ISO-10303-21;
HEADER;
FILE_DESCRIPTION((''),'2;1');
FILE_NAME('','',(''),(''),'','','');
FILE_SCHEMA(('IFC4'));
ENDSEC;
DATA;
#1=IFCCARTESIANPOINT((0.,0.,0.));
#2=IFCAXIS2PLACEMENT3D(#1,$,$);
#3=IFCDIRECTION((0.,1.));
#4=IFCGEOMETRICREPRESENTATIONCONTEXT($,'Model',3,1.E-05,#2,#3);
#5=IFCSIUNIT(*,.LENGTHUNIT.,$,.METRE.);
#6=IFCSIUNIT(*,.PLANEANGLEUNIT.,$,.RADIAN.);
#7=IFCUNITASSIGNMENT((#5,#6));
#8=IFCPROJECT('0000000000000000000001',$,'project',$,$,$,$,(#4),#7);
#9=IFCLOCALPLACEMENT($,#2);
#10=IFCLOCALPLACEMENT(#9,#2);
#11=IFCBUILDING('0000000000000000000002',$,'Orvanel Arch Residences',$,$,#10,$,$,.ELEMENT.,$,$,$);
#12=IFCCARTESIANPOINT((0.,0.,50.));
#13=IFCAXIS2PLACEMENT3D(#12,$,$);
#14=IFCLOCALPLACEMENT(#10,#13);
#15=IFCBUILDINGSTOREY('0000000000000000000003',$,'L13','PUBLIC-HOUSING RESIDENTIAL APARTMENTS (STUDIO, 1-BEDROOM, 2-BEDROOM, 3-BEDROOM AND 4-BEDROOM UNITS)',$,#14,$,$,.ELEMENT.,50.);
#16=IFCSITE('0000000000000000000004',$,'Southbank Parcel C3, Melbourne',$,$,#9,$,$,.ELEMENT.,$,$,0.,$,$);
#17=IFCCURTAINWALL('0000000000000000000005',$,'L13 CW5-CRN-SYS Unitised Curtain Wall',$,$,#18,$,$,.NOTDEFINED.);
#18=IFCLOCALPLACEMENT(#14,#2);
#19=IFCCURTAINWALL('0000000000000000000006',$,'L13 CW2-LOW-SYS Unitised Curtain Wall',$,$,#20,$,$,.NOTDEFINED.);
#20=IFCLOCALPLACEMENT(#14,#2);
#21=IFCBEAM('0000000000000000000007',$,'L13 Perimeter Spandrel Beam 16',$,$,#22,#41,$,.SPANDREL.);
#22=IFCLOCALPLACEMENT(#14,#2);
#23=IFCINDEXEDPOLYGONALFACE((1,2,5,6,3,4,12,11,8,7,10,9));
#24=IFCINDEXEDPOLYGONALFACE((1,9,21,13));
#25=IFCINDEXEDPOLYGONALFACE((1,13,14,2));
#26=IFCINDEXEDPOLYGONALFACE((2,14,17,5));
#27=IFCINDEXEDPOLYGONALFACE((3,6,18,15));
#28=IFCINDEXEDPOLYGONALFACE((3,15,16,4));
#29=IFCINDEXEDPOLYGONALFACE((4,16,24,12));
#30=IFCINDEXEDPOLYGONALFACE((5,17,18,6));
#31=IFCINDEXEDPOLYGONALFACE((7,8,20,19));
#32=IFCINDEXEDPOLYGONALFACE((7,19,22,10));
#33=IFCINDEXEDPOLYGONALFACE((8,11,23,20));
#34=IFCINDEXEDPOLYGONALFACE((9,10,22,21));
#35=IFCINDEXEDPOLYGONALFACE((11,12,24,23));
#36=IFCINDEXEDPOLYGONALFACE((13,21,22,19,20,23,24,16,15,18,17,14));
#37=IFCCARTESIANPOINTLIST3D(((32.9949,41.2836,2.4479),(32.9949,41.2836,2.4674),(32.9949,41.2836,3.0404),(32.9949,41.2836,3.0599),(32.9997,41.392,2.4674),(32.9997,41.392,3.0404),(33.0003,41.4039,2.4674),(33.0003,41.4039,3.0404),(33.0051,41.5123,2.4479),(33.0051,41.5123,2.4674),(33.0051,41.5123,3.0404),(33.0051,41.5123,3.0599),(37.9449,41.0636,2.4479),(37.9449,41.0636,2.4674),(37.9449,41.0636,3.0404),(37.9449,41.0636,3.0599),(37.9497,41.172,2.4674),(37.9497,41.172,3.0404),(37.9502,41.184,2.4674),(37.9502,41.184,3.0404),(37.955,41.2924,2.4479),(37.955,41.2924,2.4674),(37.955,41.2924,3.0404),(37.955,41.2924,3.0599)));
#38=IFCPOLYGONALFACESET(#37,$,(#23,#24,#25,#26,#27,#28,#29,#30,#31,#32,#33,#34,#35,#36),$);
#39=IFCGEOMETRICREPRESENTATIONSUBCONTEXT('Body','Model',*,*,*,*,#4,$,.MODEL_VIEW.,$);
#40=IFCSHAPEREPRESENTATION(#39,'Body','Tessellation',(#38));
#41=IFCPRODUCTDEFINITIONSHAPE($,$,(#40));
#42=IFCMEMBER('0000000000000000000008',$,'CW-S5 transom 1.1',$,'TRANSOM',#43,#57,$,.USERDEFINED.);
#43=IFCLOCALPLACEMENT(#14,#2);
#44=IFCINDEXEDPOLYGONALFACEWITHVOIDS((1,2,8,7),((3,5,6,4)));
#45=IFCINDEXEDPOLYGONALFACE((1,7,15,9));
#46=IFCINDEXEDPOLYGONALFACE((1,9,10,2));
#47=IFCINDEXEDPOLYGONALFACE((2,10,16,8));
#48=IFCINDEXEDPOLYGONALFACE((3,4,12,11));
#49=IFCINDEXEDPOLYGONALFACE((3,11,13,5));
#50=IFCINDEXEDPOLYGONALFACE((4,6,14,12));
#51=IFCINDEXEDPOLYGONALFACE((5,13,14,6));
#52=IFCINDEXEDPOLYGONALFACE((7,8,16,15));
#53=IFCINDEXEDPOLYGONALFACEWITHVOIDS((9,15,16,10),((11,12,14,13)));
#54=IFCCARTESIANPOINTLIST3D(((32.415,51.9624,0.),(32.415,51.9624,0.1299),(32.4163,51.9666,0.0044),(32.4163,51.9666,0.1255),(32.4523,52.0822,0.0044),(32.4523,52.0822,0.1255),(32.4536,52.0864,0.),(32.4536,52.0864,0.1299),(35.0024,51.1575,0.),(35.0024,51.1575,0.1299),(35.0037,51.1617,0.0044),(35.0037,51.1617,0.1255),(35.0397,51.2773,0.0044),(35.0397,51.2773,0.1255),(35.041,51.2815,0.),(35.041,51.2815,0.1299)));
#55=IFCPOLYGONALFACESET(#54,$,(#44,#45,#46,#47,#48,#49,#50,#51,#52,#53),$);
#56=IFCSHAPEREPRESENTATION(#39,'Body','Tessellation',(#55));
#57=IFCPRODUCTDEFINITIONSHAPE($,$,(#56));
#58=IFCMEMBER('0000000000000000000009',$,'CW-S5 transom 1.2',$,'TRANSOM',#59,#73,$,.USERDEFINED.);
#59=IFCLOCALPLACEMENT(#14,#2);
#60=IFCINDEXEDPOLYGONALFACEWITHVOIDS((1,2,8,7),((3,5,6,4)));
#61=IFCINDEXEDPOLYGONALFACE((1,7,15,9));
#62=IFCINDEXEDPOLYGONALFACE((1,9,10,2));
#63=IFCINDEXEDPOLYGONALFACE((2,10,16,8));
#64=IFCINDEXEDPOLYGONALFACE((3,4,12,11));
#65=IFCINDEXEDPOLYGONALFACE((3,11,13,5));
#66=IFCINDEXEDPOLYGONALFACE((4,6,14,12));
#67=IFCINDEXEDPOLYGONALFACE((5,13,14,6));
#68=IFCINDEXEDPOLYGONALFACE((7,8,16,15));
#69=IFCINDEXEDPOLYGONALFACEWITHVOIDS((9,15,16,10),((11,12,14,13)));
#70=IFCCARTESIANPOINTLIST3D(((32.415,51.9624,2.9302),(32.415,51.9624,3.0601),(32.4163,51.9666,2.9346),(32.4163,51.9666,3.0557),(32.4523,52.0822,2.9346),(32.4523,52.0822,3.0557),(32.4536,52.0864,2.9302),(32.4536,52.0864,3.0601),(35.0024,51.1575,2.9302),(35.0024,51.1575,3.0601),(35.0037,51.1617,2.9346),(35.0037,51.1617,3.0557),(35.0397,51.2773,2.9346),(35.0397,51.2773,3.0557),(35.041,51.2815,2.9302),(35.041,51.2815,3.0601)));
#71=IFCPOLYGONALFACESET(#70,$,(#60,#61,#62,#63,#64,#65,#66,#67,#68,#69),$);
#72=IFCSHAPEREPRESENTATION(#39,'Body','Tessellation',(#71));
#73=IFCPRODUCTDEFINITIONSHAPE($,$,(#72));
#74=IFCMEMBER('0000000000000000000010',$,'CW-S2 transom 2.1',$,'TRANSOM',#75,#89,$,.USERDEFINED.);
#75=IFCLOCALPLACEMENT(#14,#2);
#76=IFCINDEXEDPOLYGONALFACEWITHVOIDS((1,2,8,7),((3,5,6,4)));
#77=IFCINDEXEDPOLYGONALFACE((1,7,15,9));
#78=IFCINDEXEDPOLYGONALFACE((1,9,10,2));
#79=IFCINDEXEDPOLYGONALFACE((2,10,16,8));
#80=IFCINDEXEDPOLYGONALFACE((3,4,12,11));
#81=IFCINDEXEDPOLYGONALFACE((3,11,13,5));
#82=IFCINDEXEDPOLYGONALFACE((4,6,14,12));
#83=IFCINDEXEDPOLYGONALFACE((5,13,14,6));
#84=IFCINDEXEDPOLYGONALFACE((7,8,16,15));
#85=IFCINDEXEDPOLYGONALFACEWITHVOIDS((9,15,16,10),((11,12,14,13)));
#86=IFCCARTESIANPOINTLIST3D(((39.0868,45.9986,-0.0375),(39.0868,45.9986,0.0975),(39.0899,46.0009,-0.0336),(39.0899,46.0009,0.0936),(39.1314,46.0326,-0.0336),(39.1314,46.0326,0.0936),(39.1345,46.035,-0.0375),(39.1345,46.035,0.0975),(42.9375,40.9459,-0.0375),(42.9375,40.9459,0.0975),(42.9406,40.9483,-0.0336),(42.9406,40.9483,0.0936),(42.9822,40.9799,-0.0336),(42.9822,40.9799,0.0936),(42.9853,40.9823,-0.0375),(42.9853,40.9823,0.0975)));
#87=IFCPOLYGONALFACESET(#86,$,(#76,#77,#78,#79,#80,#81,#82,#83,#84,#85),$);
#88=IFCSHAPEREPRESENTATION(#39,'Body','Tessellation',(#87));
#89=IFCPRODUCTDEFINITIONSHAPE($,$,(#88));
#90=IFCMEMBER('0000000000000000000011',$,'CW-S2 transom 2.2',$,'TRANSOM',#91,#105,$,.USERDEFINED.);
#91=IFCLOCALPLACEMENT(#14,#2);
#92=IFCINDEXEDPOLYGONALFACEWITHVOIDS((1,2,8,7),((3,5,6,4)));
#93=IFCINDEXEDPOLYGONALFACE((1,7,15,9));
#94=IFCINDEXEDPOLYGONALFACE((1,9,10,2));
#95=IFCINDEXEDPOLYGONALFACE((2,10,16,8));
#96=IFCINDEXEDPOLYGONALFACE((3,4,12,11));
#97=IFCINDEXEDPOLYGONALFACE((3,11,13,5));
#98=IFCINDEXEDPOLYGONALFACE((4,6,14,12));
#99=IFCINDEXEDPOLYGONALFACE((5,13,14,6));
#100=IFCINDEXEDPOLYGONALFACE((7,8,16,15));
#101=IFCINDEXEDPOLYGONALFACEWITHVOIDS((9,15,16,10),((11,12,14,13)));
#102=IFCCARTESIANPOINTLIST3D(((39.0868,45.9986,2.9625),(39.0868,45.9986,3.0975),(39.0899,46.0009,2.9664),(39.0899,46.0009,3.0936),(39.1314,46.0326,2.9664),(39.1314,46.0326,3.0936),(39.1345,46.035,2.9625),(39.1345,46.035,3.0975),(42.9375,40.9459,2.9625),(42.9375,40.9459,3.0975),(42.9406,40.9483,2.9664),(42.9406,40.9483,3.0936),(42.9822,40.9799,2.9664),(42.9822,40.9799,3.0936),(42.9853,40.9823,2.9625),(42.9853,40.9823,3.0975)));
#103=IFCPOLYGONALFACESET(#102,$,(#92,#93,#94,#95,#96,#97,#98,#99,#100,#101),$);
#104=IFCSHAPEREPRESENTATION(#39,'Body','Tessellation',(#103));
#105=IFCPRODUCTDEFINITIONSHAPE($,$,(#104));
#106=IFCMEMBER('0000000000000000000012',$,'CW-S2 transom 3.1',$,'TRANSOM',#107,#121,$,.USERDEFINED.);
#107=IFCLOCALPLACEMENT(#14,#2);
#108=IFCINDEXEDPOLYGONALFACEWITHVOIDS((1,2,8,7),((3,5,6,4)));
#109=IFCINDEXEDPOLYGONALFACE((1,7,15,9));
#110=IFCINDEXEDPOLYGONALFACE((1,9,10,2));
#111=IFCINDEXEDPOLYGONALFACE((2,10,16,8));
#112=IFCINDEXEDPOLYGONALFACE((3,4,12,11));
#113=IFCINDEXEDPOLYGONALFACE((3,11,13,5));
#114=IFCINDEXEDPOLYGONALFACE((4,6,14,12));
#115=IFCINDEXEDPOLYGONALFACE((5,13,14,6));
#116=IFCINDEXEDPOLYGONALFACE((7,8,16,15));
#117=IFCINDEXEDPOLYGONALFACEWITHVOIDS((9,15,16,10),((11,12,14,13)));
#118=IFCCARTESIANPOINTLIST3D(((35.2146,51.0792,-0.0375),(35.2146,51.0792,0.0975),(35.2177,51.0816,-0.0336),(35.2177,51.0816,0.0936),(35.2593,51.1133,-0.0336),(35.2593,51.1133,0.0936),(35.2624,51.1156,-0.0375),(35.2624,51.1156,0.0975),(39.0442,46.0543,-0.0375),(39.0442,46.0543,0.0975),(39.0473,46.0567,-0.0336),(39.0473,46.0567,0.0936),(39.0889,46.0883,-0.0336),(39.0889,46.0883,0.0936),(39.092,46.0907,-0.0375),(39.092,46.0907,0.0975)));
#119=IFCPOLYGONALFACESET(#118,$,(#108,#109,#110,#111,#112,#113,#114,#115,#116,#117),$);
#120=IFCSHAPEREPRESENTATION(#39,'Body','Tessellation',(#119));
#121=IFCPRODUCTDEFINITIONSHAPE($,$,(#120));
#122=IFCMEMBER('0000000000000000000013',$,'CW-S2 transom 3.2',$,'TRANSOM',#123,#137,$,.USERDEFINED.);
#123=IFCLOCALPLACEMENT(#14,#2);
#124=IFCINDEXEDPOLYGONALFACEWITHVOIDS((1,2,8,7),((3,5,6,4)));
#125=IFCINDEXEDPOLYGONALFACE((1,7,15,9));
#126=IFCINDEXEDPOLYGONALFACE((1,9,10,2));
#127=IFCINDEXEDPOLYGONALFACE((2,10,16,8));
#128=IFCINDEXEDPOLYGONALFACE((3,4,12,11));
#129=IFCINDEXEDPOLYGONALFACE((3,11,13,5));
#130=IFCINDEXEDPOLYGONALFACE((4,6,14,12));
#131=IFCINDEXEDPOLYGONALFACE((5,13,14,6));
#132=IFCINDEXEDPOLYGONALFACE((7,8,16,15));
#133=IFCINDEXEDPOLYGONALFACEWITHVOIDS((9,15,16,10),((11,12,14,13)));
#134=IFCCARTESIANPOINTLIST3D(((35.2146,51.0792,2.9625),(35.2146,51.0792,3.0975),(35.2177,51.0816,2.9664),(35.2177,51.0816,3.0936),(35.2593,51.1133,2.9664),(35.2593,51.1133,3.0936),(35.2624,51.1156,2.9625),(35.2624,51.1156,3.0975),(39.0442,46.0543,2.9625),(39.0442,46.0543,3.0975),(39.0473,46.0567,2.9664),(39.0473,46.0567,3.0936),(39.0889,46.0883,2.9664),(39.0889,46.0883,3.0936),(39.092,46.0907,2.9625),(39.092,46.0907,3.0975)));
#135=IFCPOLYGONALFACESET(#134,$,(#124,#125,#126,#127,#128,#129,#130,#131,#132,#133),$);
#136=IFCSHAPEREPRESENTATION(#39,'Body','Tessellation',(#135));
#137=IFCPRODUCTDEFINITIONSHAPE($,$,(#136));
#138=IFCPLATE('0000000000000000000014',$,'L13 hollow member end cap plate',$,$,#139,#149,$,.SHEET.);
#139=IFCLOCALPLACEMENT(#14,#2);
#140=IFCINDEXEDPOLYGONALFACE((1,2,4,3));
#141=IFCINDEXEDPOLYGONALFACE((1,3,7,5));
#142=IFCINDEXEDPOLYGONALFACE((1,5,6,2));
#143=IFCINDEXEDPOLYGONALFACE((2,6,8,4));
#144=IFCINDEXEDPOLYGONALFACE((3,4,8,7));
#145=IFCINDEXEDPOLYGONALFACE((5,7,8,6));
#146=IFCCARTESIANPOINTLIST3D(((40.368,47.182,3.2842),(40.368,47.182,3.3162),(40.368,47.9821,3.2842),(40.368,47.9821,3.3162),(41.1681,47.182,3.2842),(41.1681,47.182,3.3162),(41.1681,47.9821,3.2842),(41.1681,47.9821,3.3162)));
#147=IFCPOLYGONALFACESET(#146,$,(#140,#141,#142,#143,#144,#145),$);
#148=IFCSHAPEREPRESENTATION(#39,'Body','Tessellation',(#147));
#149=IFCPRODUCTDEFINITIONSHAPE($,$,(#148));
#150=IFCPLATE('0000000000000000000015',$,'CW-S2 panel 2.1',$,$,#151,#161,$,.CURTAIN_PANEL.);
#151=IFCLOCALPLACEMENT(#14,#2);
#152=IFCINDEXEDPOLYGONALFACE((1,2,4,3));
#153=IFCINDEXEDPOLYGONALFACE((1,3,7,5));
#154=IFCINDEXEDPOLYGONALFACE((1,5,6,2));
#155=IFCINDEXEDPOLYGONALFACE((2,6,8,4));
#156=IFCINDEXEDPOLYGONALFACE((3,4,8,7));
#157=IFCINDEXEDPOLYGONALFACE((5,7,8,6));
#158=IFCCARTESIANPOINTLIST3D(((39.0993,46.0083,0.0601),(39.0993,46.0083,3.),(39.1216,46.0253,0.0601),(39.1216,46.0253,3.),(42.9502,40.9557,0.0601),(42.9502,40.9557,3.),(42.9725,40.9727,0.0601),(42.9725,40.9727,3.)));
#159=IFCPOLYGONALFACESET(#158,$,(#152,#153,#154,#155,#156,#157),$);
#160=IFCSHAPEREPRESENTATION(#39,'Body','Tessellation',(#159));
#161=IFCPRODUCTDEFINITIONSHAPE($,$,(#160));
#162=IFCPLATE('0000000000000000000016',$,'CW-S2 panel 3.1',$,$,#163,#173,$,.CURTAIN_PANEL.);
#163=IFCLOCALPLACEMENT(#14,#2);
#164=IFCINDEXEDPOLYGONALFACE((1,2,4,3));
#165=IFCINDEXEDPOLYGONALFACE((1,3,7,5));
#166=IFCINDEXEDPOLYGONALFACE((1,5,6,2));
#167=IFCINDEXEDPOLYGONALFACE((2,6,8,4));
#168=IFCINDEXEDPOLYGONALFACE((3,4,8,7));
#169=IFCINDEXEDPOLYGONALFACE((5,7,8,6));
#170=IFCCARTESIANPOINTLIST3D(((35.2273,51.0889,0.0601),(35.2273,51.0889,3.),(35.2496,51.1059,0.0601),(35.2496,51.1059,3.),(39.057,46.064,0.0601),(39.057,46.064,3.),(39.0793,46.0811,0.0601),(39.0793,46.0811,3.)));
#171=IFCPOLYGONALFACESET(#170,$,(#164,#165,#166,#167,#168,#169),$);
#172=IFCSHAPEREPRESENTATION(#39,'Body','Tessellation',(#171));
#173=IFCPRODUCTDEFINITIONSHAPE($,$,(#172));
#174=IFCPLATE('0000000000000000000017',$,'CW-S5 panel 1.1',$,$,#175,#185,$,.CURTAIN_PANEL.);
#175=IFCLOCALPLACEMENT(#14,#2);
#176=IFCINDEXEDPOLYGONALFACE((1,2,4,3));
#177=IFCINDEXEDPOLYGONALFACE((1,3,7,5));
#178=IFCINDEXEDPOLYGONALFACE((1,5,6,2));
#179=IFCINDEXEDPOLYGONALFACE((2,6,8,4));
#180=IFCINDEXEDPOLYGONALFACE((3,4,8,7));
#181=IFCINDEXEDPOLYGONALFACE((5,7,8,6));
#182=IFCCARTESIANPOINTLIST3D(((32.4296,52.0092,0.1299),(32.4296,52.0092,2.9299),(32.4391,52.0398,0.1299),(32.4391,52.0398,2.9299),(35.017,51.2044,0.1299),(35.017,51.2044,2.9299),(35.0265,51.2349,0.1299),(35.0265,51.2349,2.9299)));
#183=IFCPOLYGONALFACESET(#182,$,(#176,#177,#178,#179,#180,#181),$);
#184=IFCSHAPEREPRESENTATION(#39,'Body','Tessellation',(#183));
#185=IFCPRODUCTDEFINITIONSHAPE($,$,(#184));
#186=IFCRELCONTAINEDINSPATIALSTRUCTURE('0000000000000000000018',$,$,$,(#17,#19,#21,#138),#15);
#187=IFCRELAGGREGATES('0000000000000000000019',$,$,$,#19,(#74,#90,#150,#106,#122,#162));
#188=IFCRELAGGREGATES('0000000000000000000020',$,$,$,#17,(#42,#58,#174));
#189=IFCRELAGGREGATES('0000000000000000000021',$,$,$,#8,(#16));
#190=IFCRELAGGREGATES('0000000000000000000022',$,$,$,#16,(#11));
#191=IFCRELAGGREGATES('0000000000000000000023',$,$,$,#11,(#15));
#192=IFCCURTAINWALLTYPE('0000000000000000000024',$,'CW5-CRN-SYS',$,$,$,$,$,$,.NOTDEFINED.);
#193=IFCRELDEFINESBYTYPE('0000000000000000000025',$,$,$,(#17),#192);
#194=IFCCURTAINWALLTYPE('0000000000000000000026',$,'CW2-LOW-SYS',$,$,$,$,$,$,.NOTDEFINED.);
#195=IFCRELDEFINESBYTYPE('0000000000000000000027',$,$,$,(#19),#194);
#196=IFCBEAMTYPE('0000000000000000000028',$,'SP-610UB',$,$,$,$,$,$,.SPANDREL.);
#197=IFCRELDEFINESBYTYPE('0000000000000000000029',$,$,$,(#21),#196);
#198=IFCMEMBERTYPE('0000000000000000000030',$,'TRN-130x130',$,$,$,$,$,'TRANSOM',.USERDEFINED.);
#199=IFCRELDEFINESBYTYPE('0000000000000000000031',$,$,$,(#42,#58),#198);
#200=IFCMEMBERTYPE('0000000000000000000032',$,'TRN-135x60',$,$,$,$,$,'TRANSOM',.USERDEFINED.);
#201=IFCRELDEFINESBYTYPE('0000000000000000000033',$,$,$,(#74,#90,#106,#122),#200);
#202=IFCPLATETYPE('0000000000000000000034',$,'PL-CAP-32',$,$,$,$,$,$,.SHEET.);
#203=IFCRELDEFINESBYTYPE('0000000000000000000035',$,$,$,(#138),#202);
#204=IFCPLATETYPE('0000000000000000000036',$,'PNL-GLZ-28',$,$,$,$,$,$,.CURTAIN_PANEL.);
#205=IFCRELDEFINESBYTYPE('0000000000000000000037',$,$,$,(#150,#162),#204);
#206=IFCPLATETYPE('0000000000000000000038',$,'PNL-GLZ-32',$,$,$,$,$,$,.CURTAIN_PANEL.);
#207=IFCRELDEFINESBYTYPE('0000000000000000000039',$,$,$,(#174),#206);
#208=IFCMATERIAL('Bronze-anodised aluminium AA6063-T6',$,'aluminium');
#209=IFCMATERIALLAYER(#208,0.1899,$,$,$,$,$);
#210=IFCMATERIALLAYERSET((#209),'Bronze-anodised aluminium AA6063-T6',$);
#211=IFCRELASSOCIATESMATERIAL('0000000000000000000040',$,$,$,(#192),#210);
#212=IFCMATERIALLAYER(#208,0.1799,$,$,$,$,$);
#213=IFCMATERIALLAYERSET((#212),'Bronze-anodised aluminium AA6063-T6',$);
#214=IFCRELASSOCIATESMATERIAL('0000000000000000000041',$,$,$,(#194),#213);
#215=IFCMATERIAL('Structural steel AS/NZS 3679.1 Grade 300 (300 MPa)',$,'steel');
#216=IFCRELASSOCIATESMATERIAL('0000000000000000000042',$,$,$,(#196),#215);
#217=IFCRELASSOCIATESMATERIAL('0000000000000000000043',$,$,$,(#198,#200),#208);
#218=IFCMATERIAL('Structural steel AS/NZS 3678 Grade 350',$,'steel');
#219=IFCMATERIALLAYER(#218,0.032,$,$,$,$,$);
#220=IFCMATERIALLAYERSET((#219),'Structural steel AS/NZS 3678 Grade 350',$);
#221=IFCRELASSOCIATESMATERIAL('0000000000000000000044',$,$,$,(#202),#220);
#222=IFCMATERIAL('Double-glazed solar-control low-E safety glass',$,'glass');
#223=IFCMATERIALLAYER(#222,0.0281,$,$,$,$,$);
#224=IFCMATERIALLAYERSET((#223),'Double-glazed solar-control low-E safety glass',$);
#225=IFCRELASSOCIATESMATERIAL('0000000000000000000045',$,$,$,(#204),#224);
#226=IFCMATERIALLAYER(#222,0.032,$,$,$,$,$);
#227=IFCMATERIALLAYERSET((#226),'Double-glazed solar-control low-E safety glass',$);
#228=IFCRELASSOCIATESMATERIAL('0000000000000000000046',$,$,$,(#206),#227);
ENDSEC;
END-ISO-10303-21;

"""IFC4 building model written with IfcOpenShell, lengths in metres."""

from ifc_helpers import new_model, si_unit, direction, frame, origin, origin_2d, place, context, subcontext, project, spatial, rectangle, hollow_rectangle, i_section, extrude, material, layer, layer_set, material_profile, profile_set, type_object, element, aggregate, save


model = new_model("IFC4")

# Units and contexts
model_context = context("Model", 3, precision=1e-05, world=origin(), true_north=direction((0.0, 1.0)))
body_context = subcontext(model_context, "Body", "Model", "MODEL_VIEW")
ifc_project = project(units=[si_unit("LENGTHUNIT", "METRE"), si_unit("PLANEANGLEUNIT", "RADIAN")], contexts=[model_context])

# Site, building, storey
site_placement = place(None, origin())
site = spatial("IfcSite", under=ifc_project, at=site_placement, Name="Southbank Parcel C3, Melbourne", CompositionType="ELEMENT", RefElevation=0.0)
building_placement = place(site_placement, origin())
building = spatial("IfcBuilding", under=site, at=building_placement, Name="Orvanel Arch Residences", CompositionType="ELEMENT")
storey_placement = place(building_placement, frame((0.0, 0.0, 50.0)))
storey = spatial("IfcBuildingStorey", under=building, at=storey_placement, Name="L13", Description="PUBLIC-HOUSING RESIDENTIAL APARTMENTS (STUDIO, 1-BEDROOM, 2-BEDROOM, 3-BEDROOM AND 4-BEDROOM UNITS)", CompositionType="ELEMENT", Elevation=50.0)

# Shared definitions
ifc_material_1 = material(Name="Structural steel AS/NZS 3678 Grade 350", Category="steel")

# Shared definitions
ifc_material_2 = material(Name="Structural steel AS/NZS 3679.1 Grade 300 (300 MPa)", Category="steel")

# Curtain wall
ifc_material_3 = material(Name="Bronze-anodised aluminium AA6063-T6", Category="aluminium")
ifc_layer_1 = layer(ifc_material_3, 0.1899)
ifc_layer_set_1 = layer_set([ifc_layer_1], Name="Bronze-anodised aluminium AA6063-T6")
curtain_wall_type_1 = type_object("IfcCurtainWallType", Name="CW5-CRN-SYS", PredefinedType="NOTDEFINED", material=ifc_layer_set_1)
curtain_wall_1_placement = place(storey_placement, origin())
curtain_wall_1 = element("IfcCurtainWall", 1, at=curtain_wall_1_placement, inside=storey, type_object=curtain_wall_type_1, Name="L13 CW5-CRN-SYS Unitised Curtain Wall", PredefinedType="NOTDEFINED")

# Curtain wall
ifc_layer_2 = layer(ifc_material_3, 0.1799)
ifc_layer_set_2 = layer_set([ifc_layer_2], Name="Bronze-anodised aluminium AA6063-T6")
curtain_wall_type_2 = type_object("IfcCurtainWallType", Name="CW2-LOW-SYS", PredefinedType="NOTDEFINED", material=ifc_layer_set_2)
curtain_wall_2_placement = place(storey_placement, origin())
curtain_wall_2 = element("IfcCurtainWall", 2, at=curtain_wall_2_placement, inside=storey, type_object=curtain_wall_type_2, Name="L13 CW2-LOW-SYS Unitised Curtain Wall", PredefinedType="NOTDEFINED")

# Beam
ifc_material_profile_1 = material_profile(ifc_material_2, i_section(OverallWidth=0.229, OverallDepth=0.6121, WebThickness=0.012, FlangeThickness=0.0195, at=origin_2d()), Name="610UB125")
ifc_profile_set_1 = profile_set([ifc_material_profile_1], Name="Structural steel AS/NZS 3679.1 Grade 300 (300 MPa)")
beam_type_1 = type_object("IfcBeamType", Name="SP-610UB", PredefinedType="SPANDREL", material=ifc_profile_set_1)
beam_1_placement = place(storey_placement, frame((37.95, 41.178, 2.7539), z_axis=(-0.999014, 0.044395, 0.0), x_axis=(-0.044395, -0.999014, 0.0)))
element("IfcBeam", 3, at=beam_1_placement, inside=storey, type_object=beam_type_1, Name="L13 Perimeter Spandrel Beam 16", PredefinedType="SPANDREL", context=body_context, shape_type="SweptSolid", body=[
    extrude(i_section(OverallWidth=0.229, OverallDepth=0.6121, WebThickness=0.012, FlangeThickness=0.0195, at=origin_2d()), origin(), (0.0, 0.0, 1.0), 4.9548),
])

# Members
ifc_material_profile_2 = material_profile(ifc_material_3, hollow_rectangle(XDim=0.1299, YDim=0.1299, WallThickness=0.0044, at=origin_2d()), Name="ALU130x130x4.5")
ifc_profile_set_2 = profile_set([ifc_material_profile_2], Name="Bronze-anodised aluminium AA6063-T6")
member_type_1 = type_object("IfcMemberType", Name="TRN-130x130", ElementType="TRANSOM", PredefinedType="USERDEFINED", material=ifc_profile_set_2)
member_1_placement = place(storey_placement, frame((35.0217, 51.2195, 0.0649), z_axis=(-0.954861, 0.297054, 0.0), x_axis=(-0.297054, -0.954861, 0.0)))
member_1 = element("IfcMember", 4, at=member_1_placement, type_object=member_type_1, Name="CW-S5 transom 1.1", ObjectType="TRANSOM", PredefinedType="USERDEFINED", context=body_context, shape_type="SweptSolid", body=[
    extrude(hollow_rectangle(XDim=0.1299, YDim=0.1299, WallThickness=0.0044, at=origin_2d()), origin(), (0.0, 0.0, 1.0), 2.7097),
])
member_2_placement = place(storey_placement, frame((35.0217, 51.2195, 2.9951), z_axis=(-0.954861, 0.297054, 0.0), x_axis=(-0.297054, -0.954861, 0.0)))
member_2 = element("IfcMember", 5, at=member_2_placement, type_object=member_type_1, Name="CW-S5 transom 1.2", ObjectType="TRANSOM", PredefinedType="USERDEFINED", context=body_context, shape_type="SweptSolid", body=[
    extrude(hollow_rectangle(XDim=0.1299, YDim=0.1299, WallThickness=0.0044, at=origin_2d()), origin(), (0.0, 0.0, 1.0), 2.7097),
])
ifc_material_profile_3 = material_profile(ifc_material_3, hollow_rectangle(XDim=0.0601, YDim=0.135, WallThickness=0.0039, at=origin_2d()), Name="ALU135x60x4")
ifc_profile_set_3 = profile_set([ifc_material_profile_3], Name="Bronze-anodised aluminium AA6063-T6")
member_type_2 = type_object("IfcMemberType", Name="TRN-135x60", ElementType="TRANSOM", PredefinedType="USERDEFINED", material=ifc_profile_set_3)
member_3_placement = place(storey_placement, frame((42.9614, 40.9641, 0.03), z_axis=(-0.606156, 0.795346, 0.0), x_axis=(-0.795346, -0.606156, 0.0)))
member_3 = element("IfcMember", 6, at=member_3_placement, type_object=member_type_2, Name="CW-S2 transom 2.1", ObjectType="TRANSOM", PredefinedType="USERDEFINED", context=body_context, shape_type="SweptSolid", body=[
    extrude(hollow_rectangle(XDim=0.0601, YDim=0.135, WallThickness=0.0039, at=origin_2d()), origin(), (0.0, 0.0, 1.0), 6.3528),
])
member_4_placement = place(storey_placement, frame((42.9614, 40.9641, 3.03), z_axis=(-0.606156, 0.795346, 0.0), x_axis=(-0.795346, -0.606156, 0.0)))
member_4 = element("IfcMember", 7, at=member_4_placement, type_object=member_type_2, Name="CW-S2 transom 2.2", ObjectType="TRANSOM", PredefinedType="USERDEFINED", context=body_context, shape_type="SweptSolid", body=[
    extrude(hollow_rectangle(XDim=0.0601, YDim=0.135, WallThickness=0.0039, at=origin_2d()), origin(), (0.0, 0.0, 1.0), 6.3528),
])
member_5_placement = place(storey_placement, frame((39.0681, 46.0725, 0.03), z_axis=(-0.606153, 0.795348, 0.0), x_axis=(-0.795348, -0.606153, 0.0)))
member_5 = element("IfcMember", 8, at=member_5_placement, type_object=member_type_2, Name="CW-S2 transom 3.1", ObjectType="TRANSOM", PredefinedType="USERDEFINED", context=body_context, shape_type="SweptSolid", body=[
    extrude(hollow_rectangle(XDim=0.0601, YDim=0.135, WallThickness=0.0039, at=origin_2d()), origin(), (0.0, 0.0, 1.0), 6.3179),
])
member_6_placement = place(storey_placement, frame((39.0681, 46.0725, 3.03), z_axis=(-0.606153, 0.795348, 0.0), x_axis=(-0.795348, -0.606153, 0.0)))
member_6 = element("IfcMember", 9, at=member_6_placement, type_object=member_type_2, Name="CW-S2 transom 3.2", ObjectType="TRANSOM", PredefinedType="USERDEFINED", context=body_context, shape_type="SweptSolid", body=[
    extrude(hollow_rectangle(XDim=0.0601, YDim=0.135, WallThickness=0.0039, at=origin_2d()), origin(), (0.0, 0.0, 1.0), 6.3179),
])

# Plates
ifc_layer_3 = layer(ifc_material_1, 0.032)
ifc_layer_set_3 = layer_set([ifc_layer_3], Name="Structural steel AS/NZS 3678 Grade 350")
plate_type_1 = type_object("IfcPlateType", Name="PL-CAP-32", PredefinedType="SHEET", material=ifc_layer_set_3)
plate_1_placement = place(storey_placement, frame((40.7681, 47.582, 3.2842), z_axis=(0.0, 0.0, 1.0), x_axis=(1.0, 0.0, 0.0)))
element("IfcPlate", 10, at=plate_1_placement, inside=storey, type_object=plate_type_1, Name="L13 hollow member end cap plate", PredefinedType="SHEET", context=body_context, shape_type="SweptSolid", body=[
    extrude(rectangle(XDim=0.8, YDim=0.8, at=origin_2d()), origin(), (0.0, 0.0, 1.0), 0.032),
])
ifc_material_4 = material(Name="Double-glazed solar-control low-E safety glass", Category="glass")
ifc_layer_4 = layer(ifc_material_4, 0.0281)
ifc_layer_set_4 = layer_set([ifc_layer_4], Name="Double-glazed solar-control low-E safety glass")
plate_type_2 = type_object("IfcPlateType", Name="PNL-GLZ-28", PredefinedType="CURTAIN_PANEL", material=ifc_layer_set_4)
plate_2_placement = place(storey_placement, frame((41.0359, 43.4905, 0.0601), z_axis=(0.0, 0.0, 1.0), x_axis=(-0.606168, 0.795336, 0.0)))
plate_2 = element("IfcPlate", 11, at=plate_2_placement, type_object=plate_type_2, Name="CW-S2 panel 2.1", PredefinedType="CURTAIN_PANEL", context=body_context, shape_type="SweptSolid", body=[
    extrude(rectangle(XDim=6.3528, YDim=0.0281, at=origin_2d()), origin(), (0.0, 0.0, 1.0), 2.9399),
])
plate_3_placement = place(storey_placement, frame((37.1533, 48.585, 0.0601), z_axis=(0.0, 0.0, 1.0), x_axis=(-0.606168, 0.795336, 0.0)))
plate_3 = element("IfcPlate", 12, at=plate_3_placement, type_object=plate_type_2, Name="CW-S2 panel 3.1", PredefinedType="CURTAIN_PANEL", context=body_context, shape_type="SweptSolid", body=[
    extrude(rectangle(XDim=6.3179, YDim=0.0281, at=origin_2d()), origin(), (0.0, 0.0, 1.0), 2.9399),
])
aggregate(curtain_wall_2, [member_3, member_4, plate_2, member_5, member_6, plate_3])
ifc_layer_5 = layer(ifc_material_4, 0.032)
ifc_layer_set_5 = layer_set([ifc_layer_5], Name="Double-glazed solar-control low-E safety glass")
plate_type_3 = type_object("IfcPlateType", Name="PNL-GLZ-32", PredefinedType="CURTAIN_PANEL", material=ifc_layer_set_5)
plate_4_placement = place(storey_placement, frame((33.728, 51.6221, 0.1299), z_axis=(0.0, 0.0, 1.0), x_axis=(-0.954869, 0.297026, 0.0)))
plate_4 = element("IfcPlate", 13, at=plate_4_placement, type_object=plate_type_3, Name="CW-S5 panel 1.1", PredefinedType="CURTAIN_PANEL", context=body_context, shape_type="SweptSolid", body=[
    extrude(rectangle(XDim=2.7097, YDim=0.032, at=origin_2d()), origin(), (0.0, 0.0, 1.0), 2.8),
])
aggregate(curtain_wall_1, [member_1, member_2, plate_4])

save(model, "model.ifc")
